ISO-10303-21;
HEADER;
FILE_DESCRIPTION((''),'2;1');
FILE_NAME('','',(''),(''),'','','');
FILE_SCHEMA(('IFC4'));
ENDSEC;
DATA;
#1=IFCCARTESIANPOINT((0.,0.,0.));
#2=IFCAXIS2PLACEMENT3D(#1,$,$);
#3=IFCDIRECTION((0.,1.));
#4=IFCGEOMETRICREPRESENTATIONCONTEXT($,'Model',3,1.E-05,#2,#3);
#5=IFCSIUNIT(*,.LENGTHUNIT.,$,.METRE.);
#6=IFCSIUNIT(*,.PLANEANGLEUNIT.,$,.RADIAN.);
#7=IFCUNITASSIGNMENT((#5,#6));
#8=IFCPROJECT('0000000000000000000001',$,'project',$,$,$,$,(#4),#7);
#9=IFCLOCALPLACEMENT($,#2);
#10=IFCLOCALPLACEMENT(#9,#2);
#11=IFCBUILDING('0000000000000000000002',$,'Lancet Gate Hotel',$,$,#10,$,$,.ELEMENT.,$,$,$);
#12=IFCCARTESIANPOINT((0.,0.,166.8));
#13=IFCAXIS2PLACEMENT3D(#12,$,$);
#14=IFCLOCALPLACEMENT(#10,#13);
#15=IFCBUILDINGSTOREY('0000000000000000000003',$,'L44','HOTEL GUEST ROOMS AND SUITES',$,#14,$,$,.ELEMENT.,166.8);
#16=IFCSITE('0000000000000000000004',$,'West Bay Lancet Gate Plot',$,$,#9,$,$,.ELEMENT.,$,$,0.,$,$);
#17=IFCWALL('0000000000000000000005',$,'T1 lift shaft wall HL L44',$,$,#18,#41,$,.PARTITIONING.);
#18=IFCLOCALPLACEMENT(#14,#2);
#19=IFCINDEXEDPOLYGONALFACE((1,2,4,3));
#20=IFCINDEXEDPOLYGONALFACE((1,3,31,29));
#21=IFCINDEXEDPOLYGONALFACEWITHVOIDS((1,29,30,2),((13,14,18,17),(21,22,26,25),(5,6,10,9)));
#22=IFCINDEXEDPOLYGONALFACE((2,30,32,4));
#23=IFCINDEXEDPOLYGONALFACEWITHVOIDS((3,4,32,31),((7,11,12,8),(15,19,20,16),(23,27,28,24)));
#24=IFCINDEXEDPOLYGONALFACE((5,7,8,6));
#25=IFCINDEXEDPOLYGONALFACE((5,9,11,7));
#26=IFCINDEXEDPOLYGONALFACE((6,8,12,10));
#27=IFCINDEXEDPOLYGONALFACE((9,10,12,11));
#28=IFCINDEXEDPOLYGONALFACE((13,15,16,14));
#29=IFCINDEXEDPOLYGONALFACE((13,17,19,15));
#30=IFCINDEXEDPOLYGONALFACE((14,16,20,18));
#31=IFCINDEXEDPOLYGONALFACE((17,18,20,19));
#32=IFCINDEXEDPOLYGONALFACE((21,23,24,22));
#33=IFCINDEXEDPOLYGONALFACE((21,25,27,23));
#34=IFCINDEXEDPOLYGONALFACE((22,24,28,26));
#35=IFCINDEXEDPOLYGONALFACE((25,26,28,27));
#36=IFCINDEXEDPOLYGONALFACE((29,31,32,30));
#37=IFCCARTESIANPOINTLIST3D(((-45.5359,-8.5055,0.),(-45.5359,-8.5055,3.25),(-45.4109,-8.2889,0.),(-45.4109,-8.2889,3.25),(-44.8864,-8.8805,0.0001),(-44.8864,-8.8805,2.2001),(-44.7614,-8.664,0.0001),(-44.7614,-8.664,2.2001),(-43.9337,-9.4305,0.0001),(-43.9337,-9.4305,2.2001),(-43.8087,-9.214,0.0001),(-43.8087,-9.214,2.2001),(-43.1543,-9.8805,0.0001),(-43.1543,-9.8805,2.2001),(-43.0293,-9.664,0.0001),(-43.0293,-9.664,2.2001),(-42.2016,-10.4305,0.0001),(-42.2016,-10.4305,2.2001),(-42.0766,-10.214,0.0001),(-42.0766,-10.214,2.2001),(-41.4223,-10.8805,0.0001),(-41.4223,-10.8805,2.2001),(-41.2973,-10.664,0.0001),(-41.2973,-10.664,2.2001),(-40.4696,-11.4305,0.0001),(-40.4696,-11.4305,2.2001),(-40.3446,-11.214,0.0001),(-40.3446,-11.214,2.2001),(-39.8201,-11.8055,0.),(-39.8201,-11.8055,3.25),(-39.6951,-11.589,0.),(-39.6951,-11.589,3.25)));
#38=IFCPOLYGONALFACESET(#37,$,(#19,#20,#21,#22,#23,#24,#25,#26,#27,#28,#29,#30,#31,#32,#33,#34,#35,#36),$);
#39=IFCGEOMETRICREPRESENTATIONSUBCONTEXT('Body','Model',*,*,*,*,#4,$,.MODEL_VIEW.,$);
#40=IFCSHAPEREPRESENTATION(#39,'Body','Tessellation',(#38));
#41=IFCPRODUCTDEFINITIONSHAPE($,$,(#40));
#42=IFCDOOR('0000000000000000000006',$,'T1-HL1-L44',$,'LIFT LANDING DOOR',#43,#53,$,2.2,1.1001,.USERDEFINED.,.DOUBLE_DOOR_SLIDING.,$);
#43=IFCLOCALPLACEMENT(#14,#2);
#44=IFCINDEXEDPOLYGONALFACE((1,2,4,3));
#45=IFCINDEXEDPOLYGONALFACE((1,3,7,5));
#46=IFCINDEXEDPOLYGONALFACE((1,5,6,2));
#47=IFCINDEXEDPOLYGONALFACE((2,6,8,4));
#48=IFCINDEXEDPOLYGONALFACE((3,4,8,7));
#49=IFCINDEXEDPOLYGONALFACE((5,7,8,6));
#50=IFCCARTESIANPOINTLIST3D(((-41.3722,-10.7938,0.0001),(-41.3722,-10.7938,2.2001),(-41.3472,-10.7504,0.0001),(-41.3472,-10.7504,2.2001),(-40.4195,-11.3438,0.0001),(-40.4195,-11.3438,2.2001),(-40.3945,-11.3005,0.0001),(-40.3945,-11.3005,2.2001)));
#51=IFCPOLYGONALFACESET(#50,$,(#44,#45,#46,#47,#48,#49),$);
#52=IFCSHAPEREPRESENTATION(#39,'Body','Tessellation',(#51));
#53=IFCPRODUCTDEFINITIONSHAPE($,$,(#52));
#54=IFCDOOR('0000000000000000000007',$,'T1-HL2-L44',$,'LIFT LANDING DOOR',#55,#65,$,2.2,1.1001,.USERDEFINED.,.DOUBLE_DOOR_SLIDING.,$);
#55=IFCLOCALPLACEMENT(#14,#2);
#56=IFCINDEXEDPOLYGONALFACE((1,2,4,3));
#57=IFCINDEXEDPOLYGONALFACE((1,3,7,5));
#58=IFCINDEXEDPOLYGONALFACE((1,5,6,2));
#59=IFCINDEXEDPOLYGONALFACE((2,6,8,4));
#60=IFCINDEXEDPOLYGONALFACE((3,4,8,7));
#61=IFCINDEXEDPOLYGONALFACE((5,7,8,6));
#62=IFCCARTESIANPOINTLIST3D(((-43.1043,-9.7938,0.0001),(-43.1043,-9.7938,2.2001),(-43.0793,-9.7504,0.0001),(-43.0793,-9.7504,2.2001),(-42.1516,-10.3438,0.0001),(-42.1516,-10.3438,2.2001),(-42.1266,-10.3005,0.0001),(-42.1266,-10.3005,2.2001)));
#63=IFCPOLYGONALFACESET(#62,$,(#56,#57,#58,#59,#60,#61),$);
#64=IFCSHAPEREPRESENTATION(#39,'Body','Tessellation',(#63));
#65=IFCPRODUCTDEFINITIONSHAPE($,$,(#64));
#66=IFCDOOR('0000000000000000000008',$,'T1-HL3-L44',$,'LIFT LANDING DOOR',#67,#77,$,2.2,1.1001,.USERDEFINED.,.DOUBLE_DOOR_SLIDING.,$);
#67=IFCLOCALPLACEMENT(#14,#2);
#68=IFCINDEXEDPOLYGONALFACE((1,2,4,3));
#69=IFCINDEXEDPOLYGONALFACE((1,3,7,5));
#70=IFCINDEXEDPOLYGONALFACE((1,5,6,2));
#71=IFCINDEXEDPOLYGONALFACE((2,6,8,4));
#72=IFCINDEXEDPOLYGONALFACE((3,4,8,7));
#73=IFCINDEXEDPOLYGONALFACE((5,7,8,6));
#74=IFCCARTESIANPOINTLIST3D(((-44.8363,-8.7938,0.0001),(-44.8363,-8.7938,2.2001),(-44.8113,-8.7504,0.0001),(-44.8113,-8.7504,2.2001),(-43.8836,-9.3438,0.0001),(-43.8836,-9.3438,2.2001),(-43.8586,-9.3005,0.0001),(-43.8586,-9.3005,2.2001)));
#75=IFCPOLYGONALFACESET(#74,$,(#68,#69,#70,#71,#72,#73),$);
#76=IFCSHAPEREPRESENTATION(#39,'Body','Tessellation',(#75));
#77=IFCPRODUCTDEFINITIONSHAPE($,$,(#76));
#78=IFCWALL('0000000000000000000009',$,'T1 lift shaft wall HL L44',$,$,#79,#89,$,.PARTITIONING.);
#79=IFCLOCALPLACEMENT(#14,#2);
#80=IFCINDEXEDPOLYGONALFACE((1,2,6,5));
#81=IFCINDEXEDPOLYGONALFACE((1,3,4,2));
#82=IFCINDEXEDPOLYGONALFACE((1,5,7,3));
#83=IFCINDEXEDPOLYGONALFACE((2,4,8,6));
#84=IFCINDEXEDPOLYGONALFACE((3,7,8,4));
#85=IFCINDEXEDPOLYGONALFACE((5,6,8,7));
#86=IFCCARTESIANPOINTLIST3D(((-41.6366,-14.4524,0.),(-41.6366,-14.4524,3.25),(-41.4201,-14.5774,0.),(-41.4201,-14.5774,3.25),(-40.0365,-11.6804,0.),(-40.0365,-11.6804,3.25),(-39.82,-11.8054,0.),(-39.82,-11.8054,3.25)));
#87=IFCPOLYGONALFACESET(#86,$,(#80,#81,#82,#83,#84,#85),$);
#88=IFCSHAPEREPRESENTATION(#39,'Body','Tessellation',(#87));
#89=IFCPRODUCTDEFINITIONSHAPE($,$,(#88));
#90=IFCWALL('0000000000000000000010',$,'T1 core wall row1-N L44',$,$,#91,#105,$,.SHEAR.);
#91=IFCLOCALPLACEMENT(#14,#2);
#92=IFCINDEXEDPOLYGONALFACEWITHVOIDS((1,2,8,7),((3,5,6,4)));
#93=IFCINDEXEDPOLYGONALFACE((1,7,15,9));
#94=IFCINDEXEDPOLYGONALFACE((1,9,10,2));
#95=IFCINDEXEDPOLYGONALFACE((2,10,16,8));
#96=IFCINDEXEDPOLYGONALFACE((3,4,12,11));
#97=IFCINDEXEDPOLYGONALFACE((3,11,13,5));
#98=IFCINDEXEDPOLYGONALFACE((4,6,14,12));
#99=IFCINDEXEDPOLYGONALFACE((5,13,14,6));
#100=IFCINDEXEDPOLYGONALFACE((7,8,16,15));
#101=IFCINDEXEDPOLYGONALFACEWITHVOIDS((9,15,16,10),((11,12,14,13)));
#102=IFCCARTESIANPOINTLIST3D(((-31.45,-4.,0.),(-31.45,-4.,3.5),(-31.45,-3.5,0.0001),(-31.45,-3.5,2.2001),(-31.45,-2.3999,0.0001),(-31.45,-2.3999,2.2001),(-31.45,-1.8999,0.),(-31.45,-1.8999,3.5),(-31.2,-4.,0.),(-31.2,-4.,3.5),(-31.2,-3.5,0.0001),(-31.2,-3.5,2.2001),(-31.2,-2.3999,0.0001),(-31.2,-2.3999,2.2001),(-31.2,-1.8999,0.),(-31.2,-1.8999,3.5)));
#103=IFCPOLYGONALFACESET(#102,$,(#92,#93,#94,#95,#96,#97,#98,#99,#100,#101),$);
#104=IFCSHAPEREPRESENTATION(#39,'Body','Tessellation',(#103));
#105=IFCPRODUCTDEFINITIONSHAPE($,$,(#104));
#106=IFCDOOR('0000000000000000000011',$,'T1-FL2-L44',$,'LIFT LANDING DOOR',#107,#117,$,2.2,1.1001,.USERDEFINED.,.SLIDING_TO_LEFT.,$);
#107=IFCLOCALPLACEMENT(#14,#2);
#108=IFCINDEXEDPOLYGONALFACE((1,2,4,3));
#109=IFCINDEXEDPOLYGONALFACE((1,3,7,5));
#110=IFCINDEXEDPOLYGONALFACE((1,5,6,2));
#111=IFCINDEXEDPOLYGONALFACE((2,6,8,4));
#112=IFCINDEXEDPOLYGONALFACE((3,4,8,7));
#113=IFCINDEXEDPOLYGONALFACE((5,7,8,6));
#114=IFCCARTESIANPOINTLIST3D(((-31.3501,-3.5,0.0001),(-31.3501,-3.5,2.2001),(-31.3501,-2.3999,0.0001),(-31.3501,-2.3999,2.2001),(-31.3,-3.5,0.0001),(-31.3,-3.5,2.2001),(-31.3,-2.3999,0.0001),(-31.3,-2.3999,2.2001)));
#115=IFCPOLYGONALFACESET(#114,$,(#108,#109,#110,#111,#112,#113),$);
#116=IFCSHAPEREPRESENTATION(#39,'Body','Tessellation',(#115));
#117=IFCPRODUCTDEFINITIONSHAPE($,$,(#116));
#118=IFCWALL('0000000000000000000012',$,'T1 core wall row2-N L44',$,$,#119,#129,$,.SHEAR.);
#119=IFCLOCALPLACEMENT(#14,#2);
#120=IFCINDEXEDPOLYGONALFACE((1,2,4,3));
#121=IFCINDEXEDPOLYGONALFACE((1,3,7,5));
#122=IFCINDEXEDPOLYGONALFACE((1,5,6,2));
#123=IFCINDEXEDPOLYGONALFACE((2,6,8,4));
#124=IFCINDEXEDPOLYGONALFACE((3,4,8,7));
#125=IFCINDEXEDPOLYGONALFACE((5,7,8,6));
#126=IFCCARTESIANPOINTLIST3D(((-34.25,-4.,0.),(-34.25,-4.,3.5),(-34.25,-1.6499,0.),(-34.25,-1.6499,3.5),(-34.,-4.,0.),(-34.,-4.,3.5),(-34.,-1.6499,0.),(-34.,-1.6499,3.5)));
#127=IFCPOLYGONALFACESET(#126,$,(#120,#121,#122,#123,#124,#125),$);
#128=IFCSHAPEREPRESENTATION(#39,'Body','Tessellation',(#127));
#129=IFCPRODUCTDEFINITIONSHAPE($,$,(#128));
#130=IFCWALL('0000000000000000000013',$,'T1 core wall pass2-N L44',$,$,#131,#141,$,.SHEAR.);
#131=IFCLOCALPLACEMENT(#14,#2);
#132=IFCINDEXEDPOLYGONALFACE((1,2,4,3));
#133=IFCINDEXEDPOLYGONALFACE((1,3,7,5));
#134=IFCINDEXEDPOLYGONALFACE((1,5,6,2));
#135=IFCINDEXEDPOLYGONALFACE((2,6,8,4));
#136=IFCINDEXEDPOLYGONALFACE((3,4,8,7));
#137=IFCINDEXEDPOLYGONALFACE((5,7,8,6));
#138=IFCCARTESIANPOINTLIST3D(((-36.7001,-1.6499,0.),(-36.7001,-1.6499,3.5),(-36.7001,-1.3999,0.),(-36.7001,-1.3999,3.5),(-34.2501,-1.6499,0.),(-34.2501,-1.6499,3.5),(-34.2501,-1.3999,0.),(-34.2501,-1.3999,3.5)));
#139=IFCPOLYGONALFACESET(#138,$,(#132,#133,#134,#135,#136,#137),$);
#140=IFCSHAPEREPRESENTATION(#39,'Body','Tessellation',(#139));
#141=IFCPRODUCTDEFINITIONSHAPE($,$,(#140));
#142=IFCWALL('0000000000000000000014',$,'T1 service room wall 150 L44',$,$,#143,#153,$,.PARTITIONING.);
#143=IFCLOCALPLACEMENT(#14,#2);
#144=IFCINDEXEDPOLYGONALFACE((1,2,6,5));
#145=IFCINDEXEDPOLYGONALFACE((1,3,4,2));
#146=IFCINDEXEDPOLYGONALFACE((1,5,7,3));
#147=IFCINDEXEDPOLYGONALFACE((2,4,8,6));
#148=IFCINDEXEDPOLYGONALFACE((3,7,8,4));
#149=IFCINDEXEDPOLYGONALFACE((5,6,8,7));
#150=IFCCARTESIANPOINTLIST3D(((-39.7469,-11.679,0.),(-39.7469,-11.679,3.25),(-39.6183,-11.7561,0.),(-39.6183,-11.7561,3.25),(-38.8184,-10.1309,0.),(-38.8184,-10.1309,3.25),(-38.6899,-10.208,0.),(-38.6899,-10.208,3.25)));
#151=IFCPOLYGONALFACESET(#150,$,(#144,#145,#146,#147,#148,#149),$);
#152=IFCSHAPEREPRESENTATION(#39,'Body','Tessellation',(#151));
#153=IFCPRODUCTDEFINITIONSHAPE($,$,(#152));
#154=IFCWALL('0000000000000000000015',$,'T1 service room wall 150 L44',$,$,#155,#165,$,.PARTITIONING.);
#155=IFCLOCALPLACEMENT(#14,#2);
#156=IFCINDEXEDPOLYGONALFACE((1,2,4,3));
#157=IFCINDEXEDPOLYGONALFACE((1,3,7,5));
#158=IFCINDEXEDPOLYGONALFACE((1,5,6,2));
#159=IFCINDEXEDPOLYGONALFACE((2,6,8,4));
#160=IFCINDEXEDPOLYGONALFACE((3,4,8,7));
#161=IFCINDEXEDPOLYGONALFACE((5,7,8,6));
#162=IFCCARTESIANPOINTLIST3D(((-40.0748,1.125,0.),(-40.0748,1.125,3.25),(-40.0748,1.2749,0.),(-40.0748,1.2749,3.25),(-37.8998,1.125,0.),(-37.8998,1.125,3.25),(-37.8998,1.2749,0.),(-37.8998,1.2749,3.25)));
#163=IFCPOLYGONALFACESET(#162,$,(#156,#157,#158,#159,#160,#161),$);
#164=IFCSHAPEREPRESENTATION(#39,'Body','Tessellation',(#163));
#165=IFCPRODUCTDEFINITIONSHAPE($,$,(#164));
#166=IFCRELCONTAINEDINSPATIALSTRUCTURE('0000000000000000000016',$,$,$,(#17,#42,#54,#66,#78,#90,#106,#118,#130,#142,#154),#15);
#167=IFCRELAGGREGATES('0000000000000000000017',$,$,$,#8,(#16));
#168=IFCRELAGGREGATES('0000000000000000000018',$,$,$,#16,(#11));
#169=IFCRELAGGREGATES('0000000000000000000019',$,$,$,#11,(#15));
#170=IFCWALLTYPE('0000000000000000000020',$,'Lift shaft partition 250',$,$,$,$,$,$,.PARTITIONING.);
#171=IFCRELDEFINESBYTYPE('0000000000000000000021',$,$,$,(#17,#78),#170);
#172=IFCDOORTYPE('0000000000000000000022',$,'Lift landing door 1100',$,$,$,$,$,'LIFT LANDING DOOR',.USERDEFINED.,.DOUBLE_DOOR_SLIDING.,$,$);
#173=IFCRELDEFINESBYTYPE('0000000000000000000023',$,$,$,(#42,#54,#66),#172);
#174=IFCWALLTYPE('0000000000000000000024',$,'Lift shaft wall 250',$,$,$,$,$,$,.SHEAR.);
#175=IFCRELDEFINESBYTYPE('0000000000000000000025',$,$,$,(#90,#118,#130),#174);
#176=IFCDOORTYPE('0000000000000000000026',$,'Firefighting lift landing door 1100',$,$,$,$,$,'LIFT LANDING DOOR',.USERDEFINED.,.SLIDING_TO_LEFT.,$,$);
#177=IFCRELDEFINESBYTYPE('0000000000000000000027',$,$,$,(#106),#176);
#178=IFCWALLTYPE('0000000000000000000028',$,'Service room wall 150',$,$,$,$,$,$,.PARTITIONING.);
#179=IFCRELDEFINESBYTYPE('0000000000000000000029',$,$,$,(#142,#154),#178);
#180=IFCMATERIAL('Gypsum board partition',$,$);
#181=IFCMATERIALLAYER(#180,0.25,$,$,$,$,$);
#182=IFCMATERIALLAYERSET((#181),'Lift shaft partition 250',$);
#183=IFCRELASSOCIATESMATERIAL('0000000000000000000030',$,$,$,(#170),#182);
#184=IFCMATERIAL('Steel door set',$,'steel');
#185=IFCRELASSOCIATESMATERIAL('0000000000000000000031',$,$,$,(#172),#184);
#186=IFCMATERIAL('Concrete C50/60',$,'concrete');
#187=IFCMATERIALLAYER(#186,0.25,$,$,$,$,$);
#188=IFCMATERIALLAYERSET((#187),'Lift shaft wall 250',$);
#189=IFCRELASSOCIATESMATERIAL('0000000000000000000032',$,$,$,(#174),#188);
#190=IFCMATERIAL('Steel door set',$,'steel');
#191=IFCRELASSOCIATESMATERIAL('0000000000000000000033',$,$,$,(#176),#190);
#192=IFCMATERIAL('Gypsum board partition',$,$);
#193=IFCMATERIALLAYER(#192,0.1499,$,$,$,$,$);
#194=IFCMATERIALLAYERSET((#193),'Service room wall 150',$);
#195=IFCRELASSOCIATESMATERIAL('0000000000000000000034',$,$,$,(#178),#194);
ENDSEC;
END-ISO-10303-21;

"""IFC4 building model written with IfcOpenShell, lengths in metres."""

from ifc_helpers import new_model, si_unit, direction, frame, frame_2d, origin, place, context, subcontext, project, spatial, rectangle, extrude, material, layer, layer_set, type_object, element, fill, save


model = new_model("IFC4")

# Units and contexts
model_context = context("Model", 3, precision=1e-05, world=origin(), true_north=direction((0.0, 1.0)))
body_context = subcontext(model_context, "Body", "Model", "MODEL_VIEW")
ifc_project = project(units=[si_unit("LENGTHUNIT", "METRE"), si_unit("PLANEANGLEUNIT", "RADIAN")], contexts=[model_context])

# Site, building, storey
site_placement = place(None, origin())
site = spatial("IfcSite", under=ifc_project, at=site_placement, Name="West Bay Lancet Gate Plot", CompositionType="ELEMENT", RefElevation=0.0)
building_placement = place(site_placement, origin())
building = spatial("IfcBuilding", under=site, at=building_placement, Name="Lancet Gate Hotel", CompositionType="ELEMENT")
storey_placement = place(building_placement, frame((0.0, 0.0, 166.8)))
storey = spatial("IfcBuildingStorey", under=building, at=storey_placement, Name="L44", Description="HOTEL GUEST ROOMS AND SUITES", CompositionType="ELEMENT", Elevation=166.8)

# Wall, openings, doors
ifc_material_1 = material(Name="Gypsum board partition")
ifc_layer_1 = layer(ifc_material_1, 0.25)
ifc_layer_set_1 = layer_set([ifc_layer_1], Name="Lift shaft partition 250")
wall_type_1 = type_object("IfcWallType", Name="Lift shaft partition 250", PredefinedType="PARTITIONING", material=ifc_layer_set_1)
wall_1_placement = place(storey_placement, frame((-39.7576, -11.6973, 0.0), z_axis=(0.0, 0.0, 1.0), x_axis=(-0.866024, 0.500002, 0.0)))
wall_1 = element("IfcWall", 1, at=wall_1_placement, inside=storey, type_object=wall_type_1, Name="T1 lift shaft wall HL L44", PredefinedType="PARTITIONING", context=body_context, shape_type="SweptSolid", body=[
    extrude(rectangle(XDim=6.6001, YDim=0.25, at=frame_2d((3.3, 0.0))), origin(), (0.0, 0.0, 1.0), 3.25),
])
opening_1_placement = place(wall_1_placement, frame((0.75, 0.0, 0.0)))
opening_1 = element("IfcOpeningElement", 2, at=opening_1_placement, cuts=wall_1, PredefinedType="OPENING", context=body_context, shape_type="SweptSolid", body=[
    extrude(rectangle(XDim=1.1001, YDim=2.2, at=frame_2d((0.55, 1.1001))), frame((0.0, 0.135, 0.0), z_axis=(0.0, -1.0, 0.0), x_axis=(1.0, 0.0, 0.0)), (0.0, 0.0, 1.0), 0.27),
])
opening_2_placement = place(wall_1_placement, frame((2.75, 0.0, 0.0)))
opening_2 = element("IfcOpeningElement", 3, at=opening_2_placement, cuts=wall_1, PredefinedType="OPENING", context=body_context, shape_type="SweptSolid", body=[
    extrude(rectangle(XDim=1.1001, YDim=2.2, at=frame_2d((0.55, 1.1001))), frame((0.0, 0.135, 0.0), z_axis=(0.0, -1.0, 0.0), x_axis=(1.0, 0.0, 0.0)), (0.0, 0.0, 1.0), 0.27),
])
opening_3_placement = place(wall_1_placement, frame((4.75, 0.0, 0.0)))
opening_3 = element("IfcOpeningElement", 4, at=opening_3_placement, cuts=wall_1, PredefinedType="OPENING", context=body_context, shape_type="SweptSolid", body=[
    extrude(rectangle(XDim=1.1001, YDim=2.2, at=frame_2d((0.55, 1.1001))), frame((0.0, 0.135, 0.0), z_axis=(0.0, -1.0, 0.0), x_axis=(1.0, 0.0, 0.0)), (0.0, 0.0, 1.0), 0.27),
])
ifc_material_2 = material(Name="Steel door set", Category="steel")
door_type_1 = type_object("IfcDoorType", Name="Lift landing door 1100", ElementType="LIFT LANDING DOOR", OperationType="DOUBLE_DOOR_SLIDING", PredefinedType="USERDEFINED", material=ifc_material_2)
door_1_placement = place(opening_1_placement, origin())
door_1 = element("IfcDoor", 5, at=door_1_placement, inside=storey, type_object=door_type_1, Name="T1-HL1-L44", ObjectType="LIFT LANDING DOOR", OperationType="DOUBLE_DOOR_SLIDING", OverallHeight=2.2, OverallWidth=1.1001, PredefinedType="USERDEFINED", context=body_context, shape_type="SweptSolid", body=[
    extrude(rectangle(XDim=1.1001, YDim=2.2, at=frame_2d((0.55, 1.1001))), frame((0.0, 0.0249, 0.0), z_axis=(0.0, -1.0, 0.0), x_axis=(1.0, 0.0, 0.0)), (0.0, 0.0, 1.0), 0.05),
])
fill(opening_1, door_1)
door_2_placement = place(opening_2_placement, origin())
door_2 = element("IfcDoor", 6, at=door_2_placement, inside=storey, type_object=door_type_1, Name="T1-HL2-L44", ObjectType="LIFT LANDING DOOR", OperationType="DOUBLE_DOOR_SLIDING", OverallHeight=2.2, OverallWidth=1.1001, PredefinedType="USERDEFINED", context=body_context, shape_type="SweptSolid", body=[
    extrude(rectangle(XDim=1.1001, YDim=2.2, at=frame_2d((0.55, 1.1001))), frame((0.0, 0.0249, 0.0), z_axis=(0.0, -1.0, 0.0), x_axis=(1.0, 0.0, 0.0)), (0.0, 0.0, 1.0), 0.05),
])
fill(opening_2, door_2)
door_3_placement = place(opening_3_placement, origin())
door_3 = element("IfcDoor", 7, at=door_3_placement, inside=storey, type_object=door_type_1, Name="T1-HL3-L44", ObjectType="LIFT LANDING DOOR", OperationType="DOUBLE_DOOR_SLIDING", OverallHeight=2.2, OverallWidth=1.1001, PredefinedType="USERDEFINED", context=body_context, shape_type="SweptSolid", body=[
    extrude(rectangle(XDim=1.1001, YDim=2.2, at=frame_2d((0.55, 1.1001))), frame((0.0, 0.0249, 0.0), z_axis=(0.0, -1.0, 0.0), x_axis=(1.0, 0.0, 0.0)), (0.0, 0.0, 1.0), 0.05),
])
fill(opening_3, door_3)

# Wall
wall_2_placement = place(storey_placement, frame((-39.9282, -11.7429, 0.0), z_axis=(0.0, 0.0, 1.0), x_axis=(-0.499929, -0.866066, 0.0)))
element("IfcWall", 8, at=wall_2_placement, inside=storey, type_object=wall_type_1, Name="T1 lift shaft wall HL L44", PredefinedType="PARTITIONING", context=body_context, shape_type="SweptSolid", body=[
    extrude(rectangle(XDim=3.2007, YDim=0.25, at=frame_2d((1.6003, 0.0))), origin(), (0.0, 0.0, 1.0), 3.25),
])

# Wall, opening, door
ifc_material_3 = material(Name="Concrete C50/60", Category="concrete")
ifc_layer_2 = layer(ifc_material_3, 0.25)
ifc_layer_set_2 = layer_set([ifc_layer_2], Name="Lift shaft wall 250")
wall_type_2 = type_object("IfcWallType", Name="Lift shaft wall 250", PredefinedType="SHEAR", material=ifc_layer_set_2)
wall_3_placement = place(storey_placement, frame((-31.325, -1.8999, 0.0), z_axis=(0.0, 0.0, 1.0), x_axis=(0.0, -1.0, 0.0)))
wall_3 = element("IfcWall", 9, at=wall_3_placement, inside=storey, type_object=wall_type_2, Name="T1 core wall row1-N L44", PredefinedType="SHEAR", context=body_context, shape_type="SweptSolid", body=[
    extrude(rectangle(XDim=2.1001, YDim=0.25, at=frame_2d((1.05, 0.0))), origin(), (0.0, 0.0, 1.0), 3.5),
])
opening_4_placement = place(wall_3_placement, frame((0.5, 0.0, 0.0)))
opening_4 = element("IfcOpeningElement", 10, at=opening_4_placement, cuts=wall_3, PredefinedType="OPENING", context=body_context, shape_type="SweptSolid", body=[
    extrude(rectangle(XDim=1.1001, YDim=2.2, at=frame_2d((0.55, 1.1001))), frame((0.0, 0.135, 0.0), z_axis=(0.0, -1.0, 0.0), x_axis=(1.0, 0.0, 0.0)), (0.0, 0.0, 1.0), 0.27),
])
ifc_material_4 = material(Name="Steel door set", Category="steel")
door_type_2 = type_object("IfcDoorType", Name="Firefighting lift landing door 1100", ElementType="LIFT LANDING DOOR", OperationType="SLIDING_TO_LEFT", PredefinedType="USERDEFINED", material=ifc_material_4)
door_4_placement = place(opening_4_placement, origin())
door_4 = element("IfcDoor", 11, at=door_4_placement, inside=storey, type_object=door_type_2, Name="T1-FL2-L44", ObjectType="LIFT LANDING DOOR", OperationType="SLIDING_TO_LEFT", OverallHeight=2.2, OverallWidth=1.1001, PredefinedType="USERDEFINED", context=body_context, shape_type="SweptSolid", body=[
    extrude(rectangle(XDim=1.1001, YDim=2.2, at=frame_2d((0.55, 1.1001))), frame((0.0, 0.0249, 0.0), z_axis=(0.0, -1.0, 0.0), x_axis=(1.0, 0.0, 0.0)), (0.0, 0.0, 1.0), 0.05),
])
fill(opening_4, door_4)

# Walls
wall_4_placement = place(storey_placement, frame((-34.125, -1.6499, 0.0), z_axis=(0.0, 0.0, 1.0), x_axis=(0.0, -1.0, 0.0)))
element("IfcWall", 12, at=wall_4_placement, inside=storey, type_object=wall_type_2, Name="T1 core wall row2-N L44", PredefinedType="SHEAR", context=body_context, shape_type="SweptSolid", body=[
    extrude(rectangle(XDim=2.3501, YDim=0.25, at=frame_2d((1.175, 0.0))), origin(), (0.0, 0.0, 1.0), 3.5),
])
wall_5_placement = place(storey_placement, frame((-34.25, -1.5249, 0.0), z_axis=(0.0, 0.0, 1.0), x_axis=(-1.0, 0.0, 0.0)))
element("IfcWall", 13, at=wall_5_placement, inside=storey, type_object=wall_type_2, Name="T1 core wall pass2-N L44", PredefinedType="SHEAR", context=body_context, shape_type="SweptSolid", body=[
    extrude(rectangle(XDim=2.45, YDim=0.25, at=frame_2d((1.2251, 0.0))), origin(), (0.0, 0.0, 1.0), 3.5),
])
ifc_material_5 = material(Name="Gypsum board partition")
ifc_layer_3 = layer(ifc_material_5, 0.1499)
ifc_layer_set_3 = layer_set([ifc_layer_3], Name="Service room wall 150")
wall_type_3 = type_object("IfcWallType", Name="Service room wall 150", PredefinedType="PARTITIONING", material=ifc_layer_set_3)
wall_6_placement = place(storey_placement, frame((-39.6826, -11.7175, 0.0), z_axis=(0.0, 0.0, 1.0), x_axis=(0.514337, 0.857588, 0.0)))
element("IfcWall", 14, at=wall_6_placement, inside=storey, type_object=wall_type_3, Name="T1 service room wall 150 L44", PredefinedType="PARTITIONING", context=body_context, shape_type="SweptSolid", body=[
    extrude(rectangle(XDim=1.8052, YDim=0.1499, at=frame_2d((0.9026, 0.0))), origin(), (0.0, 0.0, 1.0), 3.25),
])
wall_7_placement = place(storey_placement, frame((-37.8999, 1.2, 0.0), z_axis=(0.0, 0.0, 1.0), x_axis=(-1.0, 0.0, 0.0)))
element("IfcWall", 15, at=wall_7_placement, inside=storey, type_object=wall_type_3, Name="T1 service room wall 150 L44", PredefinedType="PARTITIONING", context=body_context, shape_type="SweptSolid", body=[
    extrude(rectangle(XDim=2.175, YDim=0.1499, at=frame_2d((1.0874, 0.0))), origin(), (0.0, 0.0, 1.0), 3.25),
])

save(model, "model.ifc")
